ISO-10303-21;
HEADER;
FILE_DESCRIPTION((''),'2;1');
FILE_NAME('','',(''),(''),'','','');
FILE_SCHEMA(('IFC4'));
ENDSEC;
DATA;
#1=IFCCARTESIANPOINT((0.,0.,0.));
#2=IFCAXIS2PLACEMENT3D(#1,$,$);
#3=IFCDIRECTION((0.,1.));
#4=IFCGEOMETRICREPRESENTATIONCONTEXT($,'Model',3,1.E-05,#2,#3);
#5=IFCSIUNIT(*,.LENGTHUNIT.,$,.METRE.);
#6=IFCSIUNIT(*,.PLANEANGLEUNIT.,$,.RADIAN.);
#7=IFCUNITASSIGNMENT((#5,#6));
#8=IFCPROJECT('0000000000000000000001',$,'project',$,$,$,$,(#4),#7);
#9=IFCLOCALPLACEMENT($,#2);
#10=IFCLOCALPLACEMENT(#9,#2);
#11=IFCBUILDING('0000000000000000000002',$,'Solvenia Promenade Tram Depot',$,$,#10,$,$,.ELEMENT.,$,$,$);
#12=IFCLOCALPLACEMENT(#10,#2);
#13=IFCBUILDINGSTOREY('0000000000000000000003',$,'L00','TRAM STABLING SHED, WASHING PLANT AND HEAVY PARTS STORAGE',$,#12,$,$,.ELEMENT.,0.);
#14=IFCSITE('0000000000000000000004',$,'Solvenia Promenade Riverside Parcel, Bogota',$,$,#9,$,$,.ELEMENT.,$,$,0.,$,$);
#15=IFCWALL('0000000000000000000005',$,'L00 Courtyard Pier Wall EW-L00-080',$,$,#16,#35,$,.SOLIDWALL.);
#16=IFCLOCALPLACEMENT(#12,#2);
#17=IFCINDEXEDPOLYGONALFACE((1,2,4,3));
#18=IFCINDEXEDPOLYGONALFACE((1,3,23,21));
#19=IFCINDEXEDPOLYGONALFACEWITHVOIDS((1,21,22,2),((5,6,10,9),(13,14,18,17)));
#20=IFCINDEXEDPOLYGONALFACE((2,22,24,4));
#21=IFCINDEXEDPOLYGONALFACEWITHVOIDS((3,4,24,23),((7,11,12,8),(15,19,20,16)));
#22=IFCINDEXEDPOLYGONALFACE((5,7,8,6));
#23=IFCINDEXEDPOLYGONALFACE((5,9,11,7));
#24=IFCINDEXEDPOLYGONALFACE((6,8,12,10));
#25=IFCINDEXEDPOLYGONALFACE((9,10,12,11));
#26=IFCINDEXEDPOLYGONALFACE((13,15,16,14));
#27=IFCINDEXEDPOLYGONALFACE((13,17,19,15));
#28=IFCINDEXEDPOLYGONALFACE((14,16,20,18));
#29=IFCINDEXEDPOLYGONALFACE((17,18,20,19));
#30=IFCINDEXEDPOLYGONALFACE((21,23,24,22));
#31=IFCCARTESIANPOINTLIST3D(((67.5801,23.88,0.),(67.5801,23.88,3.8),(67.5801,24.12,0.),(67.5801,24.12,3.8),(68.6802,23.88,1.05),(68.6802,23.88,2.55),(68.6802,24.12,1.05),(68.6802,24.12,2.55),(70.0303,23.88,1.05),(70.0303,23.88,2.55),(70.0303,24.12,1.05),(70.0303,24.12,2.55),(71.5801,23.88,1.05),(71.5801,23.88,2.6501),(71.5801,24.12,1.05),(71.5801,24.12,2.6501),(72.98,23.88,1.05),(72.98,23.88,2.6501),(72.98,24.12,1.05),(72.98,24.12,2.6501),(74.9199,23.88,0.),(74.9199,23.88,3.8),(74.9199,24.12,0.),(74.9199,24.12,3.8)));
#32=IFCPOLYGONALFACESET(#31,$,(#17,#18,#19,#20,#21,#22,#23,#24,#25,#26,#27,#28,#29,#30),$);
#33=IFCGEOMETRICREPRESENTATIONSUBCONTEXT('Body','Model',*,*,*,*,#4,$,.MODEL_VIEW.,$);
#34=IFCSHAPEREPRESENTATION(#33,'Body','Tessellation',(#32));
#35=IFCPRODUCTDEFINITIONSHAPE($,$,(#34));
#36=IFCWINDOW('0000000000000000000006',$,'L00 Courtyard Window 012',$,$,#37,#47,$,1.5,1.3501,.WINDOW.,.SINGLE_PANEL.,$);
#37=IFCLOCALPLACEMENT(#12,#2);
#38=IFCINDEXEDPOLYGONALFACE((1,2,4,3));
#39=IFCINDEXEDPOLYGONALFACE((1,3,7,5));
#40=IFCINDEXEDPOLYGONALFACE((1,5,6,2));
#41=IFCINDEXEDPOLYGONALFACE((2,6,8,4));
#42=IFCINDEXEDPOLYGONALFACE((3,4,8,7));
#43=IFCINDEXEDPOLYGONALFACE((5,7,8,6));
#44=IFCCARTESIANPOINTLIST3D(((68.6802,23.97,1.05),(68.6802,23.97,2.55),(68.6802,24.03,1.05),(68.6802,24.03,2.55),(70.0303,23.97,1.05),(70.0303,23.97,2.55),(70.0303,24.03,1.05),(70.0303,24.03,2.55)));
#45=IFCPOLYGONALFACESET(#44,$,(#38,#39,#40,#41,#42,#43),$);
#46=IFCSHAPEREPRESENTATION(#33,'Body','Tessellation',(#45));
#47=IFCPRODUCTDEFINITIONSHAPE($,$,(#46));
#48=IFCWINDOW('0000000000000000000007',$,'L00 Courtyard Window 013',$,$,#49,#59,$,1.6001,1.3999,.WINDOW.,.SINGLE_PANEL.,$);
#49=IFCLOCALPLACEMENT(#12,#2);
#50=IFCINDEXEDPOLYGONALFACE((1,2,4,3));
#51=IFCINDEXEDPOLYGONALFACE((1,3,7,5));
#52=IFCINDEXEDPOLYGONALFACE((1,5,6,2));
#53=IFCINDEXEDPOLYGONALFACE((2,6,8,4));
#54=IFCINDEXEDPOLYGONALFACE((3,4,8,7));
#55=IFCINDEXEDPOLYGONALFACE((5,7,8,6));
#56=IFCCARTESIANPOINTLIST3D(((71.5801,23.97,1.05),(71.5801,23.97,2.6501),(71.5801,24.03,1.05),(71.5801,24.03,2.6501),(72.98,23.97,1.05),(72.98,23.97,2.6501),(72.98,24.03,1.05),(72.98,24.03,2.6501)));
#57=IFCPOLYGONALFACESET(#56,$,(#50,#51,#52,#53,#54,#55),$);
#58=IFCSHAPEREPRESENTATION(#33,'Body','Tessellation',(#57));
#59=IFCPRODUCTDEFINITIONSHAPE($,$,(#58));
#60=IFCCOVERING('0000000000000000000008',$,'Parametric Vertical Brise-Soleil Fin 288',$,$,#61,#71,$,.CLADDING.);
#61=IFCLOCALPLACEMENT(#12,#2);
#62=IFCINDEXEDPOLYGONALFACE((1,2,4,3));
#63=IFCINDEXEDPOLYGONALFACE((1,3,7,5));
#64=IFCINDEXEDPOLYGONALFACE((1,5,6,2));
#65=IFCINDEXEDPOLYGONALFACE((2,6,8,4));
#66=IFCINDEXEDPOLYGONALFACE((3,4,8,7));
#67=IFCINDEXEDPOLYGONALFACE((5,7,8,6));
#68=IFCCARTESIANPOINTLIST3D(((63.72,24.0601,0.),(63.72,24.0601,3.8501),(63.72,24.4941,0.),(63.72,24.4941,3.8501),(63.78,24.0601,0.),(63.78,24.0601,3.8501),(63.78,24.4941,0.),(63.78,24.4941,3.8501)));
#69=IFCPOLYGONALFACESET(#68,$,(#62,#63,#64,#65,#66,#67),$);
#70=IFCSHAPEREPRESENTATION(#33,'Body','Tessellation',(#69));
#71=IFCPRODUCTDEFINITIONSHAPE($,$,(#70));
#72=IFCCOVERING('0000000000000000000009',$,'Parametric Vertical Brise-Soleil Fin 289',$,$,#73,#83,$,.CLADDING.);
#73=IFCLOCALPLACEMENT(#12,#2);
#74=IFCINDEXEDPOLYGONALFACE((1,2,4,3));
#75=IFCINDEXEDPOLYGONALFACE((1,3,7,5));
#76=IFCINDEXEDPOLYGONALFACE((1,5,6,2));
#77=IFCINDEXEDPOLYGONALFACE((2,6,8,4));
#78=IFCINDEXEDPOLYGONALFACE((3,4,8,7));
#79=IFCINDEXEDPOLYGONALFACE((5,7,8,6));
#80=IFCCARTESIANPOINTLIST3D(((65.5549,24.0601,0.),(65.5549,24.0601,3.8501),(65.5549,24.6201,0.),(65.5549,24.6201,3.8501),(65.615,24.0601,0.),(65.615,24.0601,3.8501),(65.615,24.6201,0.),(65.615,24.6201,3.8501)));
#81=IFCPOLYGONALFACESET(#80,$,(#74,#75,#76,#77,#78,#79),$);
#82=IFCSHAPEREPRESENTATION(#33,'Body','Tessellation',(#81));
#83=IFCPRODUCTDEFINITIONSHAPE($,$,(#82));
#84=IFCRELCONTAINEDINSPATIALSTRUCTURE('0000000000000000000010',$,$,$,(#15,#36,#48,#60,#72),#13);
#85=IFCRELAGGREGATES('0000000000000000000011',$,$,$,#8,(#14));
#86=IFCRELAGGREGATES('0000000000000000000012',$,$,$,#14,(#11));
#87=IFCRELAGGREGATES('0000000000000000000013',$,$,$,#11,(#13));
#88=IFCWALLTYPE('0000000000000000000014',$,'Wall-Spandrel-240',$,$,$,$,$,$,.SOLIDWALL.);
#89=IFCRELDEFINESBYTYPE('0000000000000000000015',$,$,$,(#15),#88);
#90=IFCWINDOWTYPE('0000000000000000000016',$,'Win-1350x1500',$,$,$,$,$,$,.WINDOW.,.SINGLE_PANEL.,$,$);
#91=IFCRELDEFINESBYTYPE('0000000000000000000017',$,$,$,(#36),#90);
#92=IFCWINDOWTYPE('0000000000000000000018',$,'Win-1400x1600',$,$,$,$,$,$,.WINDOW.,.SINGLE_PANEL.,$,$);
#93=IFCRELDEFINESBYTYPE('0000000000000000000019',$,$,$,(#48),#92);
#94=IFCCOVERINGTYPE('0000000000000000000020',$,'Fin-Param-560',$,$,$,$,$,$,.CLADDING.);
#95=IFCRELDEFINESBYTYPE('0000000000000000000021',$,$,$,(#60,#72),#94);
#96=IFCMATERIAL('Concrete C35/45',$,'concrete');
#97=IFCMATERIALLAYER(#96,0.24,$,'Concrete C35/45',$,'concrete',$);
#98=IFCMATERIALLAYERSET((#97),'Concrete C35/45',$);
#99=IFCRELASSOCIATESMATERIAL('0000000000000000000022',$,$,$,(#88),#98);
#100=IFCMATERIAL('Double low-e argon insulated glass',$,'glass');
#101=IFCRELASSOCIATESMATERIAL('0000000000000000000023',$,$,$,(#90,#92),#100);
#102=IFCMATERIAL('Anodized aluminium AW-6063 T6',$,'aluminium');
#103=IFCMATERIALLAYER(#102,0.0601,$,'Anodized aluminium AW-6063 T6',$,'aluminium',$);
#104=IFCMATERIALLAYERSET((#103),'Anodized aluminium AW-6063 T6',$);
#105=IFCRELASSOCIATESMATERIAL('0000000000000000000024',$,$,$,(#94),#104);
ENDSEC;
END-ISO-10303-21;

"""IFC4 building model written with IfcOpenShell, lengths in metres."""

from ifc_helpers import new_model, si_unit, direction, frame, frame_2d, origin, origin_2d, place, context, subcontext, project, spatial, rectangle, extrude, material, layer, layer_set, type_object, element, fill, save


model = new_model("IFC4")

# Units and contexts
model_context = context("Model", 3, precision=1e-05, world=origin(), true_north=direction((0.0, 1.0)))
body_context = subcontext(model_context, "Body", "Model", "MODEL_VIEW")
ifc_project = project(units=[si_unit("LENGTHUNIT", "METRE"), si_unit("PLANEANGLEUNIT", "RADIAN")], contexts=[model_context])

# Site, building, storey
site_placement = place(None, origin())
site = spatial("IfcSite", under=ifc_project, at=site_placement, Name="Solvenia Promenade Riverside Parcel, Bogota", CompositionType="ELEMENT", RefElevation=0.0)
building_placement = place(site_placement, origin())
building = spatial("IfcBuilding", under=site, at=building_placement, Name="Solvenia Promenade Tram Depot", CompositionType="ELEMENT")
storey_placement = place(building_placement, origin())
storey = spatial("IfcBuildingStorey", under=building, at=storey_placement, Name="L00", Description="TRAM STABLING SHED, WASHING PLANT AND HEAVY PARTS STORAGE", CompositionType="ELEMENT", Elevation=0.0)

# Shared definitions
ifc_material_1 = material(Name="Anodized aluminium AW-6063 T6", Category="aluminium")
ifc_material_2 = material(Name="Double low-e argon insulated glass", Category="glass")

# Wall, openings, windows
ifc_material_3 = material(Name="Concrete C35/45", Category="concrete")
ifc_layer_1 = layer(ifc_material_3, 0.24, Name="Concrete C35/45", Category="concrete")
ifc_layer_set_1 = layer_set([ifc_layer_1], Name="Concrete C35/45")
wall_type = type_object("IfcWallType", Name="Wall-Spandrel-240", PredefinedType="SOLIDWALL", material=ifc_layer_set_1)
wall_placement = place(storey_placement, frame((67.5801, 24.0, 0.0), z_axis=(0.0, 0.0, 1.0), x_axis=(1.0, 0.0, 0.0)))
wall = element("IfcWall", 1, at=wall_placement, inside=storey, type_object=wall_type, Name="L00 Courtyard Pier Wall EW-L00-080", PredefinedType="SOLIDWALL", context=body_context, shape_type="SweptSolid", body=[
    extrude(rectangle(XDim=7.3398, YDim=0.24, at=frame_2d((3.6699, 0.0))), origin(), (0.0, 0.0, 1.0), 3.8),
])
opening_1_placement = place(wall_placement, frame((1.1001, 0.0, 1.05)))
opening_1 = element("IfcOpeningElement", 2, at=opening_1_placement, cuts=wall, PredefinedType="OPENING", context=body_context, shape_type="SweptSolid", body=[
    extrude(rectangle(XDim=1.3501, YDim=1.5, at=frame_2d((0.675, 0.75))), frame((0.0, 0.1299, 0.0), z_axis=(0.0, -1.0, 0.0), x_axis=(1.0, 0.0, 0.0)), (0.0, 0.0, 1.0), 0.26),
])
opening_2_placement = place(wall_placement, frame((4.0, 0.0, 1.05)))
opening_2 = element("IfcOpeningElement", 3, at=opening_2_placement, cuts=wall, PredefinedType="OPENING", context=body_context, shape_type="SweptSolid", body=[
    extrude(rectangle(XDim=1.3999, YDim=1.6001, at=frame_2d((0.7, 0.8))), frame((0.0, 0.1299, 0.0), z_axis=(0.0, -1.0, 0.0), x_axis=(1.0, 0.0, 0.0)), (0.0, 0.0, 1.0), 0.26),
])
window_type_1 = type_object("IfcWindowType", Name="Win-1350x1500", PartitioningType="SINGLE_PANEL", PredefinedType="WINDOW", material=ifc_material_2)
window_1_placement = place(opening_1_placement, origin())
window_1 = element("IfcWindow", 4, at=window_1_placement, inside=storey, type_object=window_type_1, Name="L00 Courtyard Window 012", OverallHeight=1.5, OverallWidth=1.3501, PartitioningType="SINGLE_PANEL", PredefinedType="WINDOW", context=body_context, shape_type="SweptSolid", body=[
    extrude(rectangle(XDim=1.3501, YDim=1.5, at=frame_2d((0.675, 0.75))), frame((0.0, 0.03, 0.0), z_axis=(0.0, -1.0, 0.0), x_axis=(1.0, 0.0, 0.0)), (0.0, 0.0, 1.0), 0.0601),
])
fill(opening_1, window_1)
window_type_2 = type_object("IfcWindowType", Name="Win-1400x1600", PartitioningType="SINGLE_PANEL", PredefinedType="WINDOW", material=ifc_material_2)
window_2_placement = place(opening_2_placement, origin())
window_2 = element("IfcWindow", 5, at=window_2_placement, inside=storey, type_object=window_type_2, Name="L00 Courtyard Window 013", OverallHeight=1.6001, OverallWidth=1.3999, PartitioningType="SINGLE_PANEL", PredefinedType="WINDOW", context=body_context, shape_type="SweptSolid", body=[
    extrude(rectangle(XDim=1.3999, YDim=1.6001, at=frame_2d((0.7, 0.8))), frame((0.0, 0.03, 0.0), z_axis=(0.0, -1.0, 0.0), x_axis=(1.0, 0.0, 0.0)), (0.0, 0.0, 1.0), 0.0601),
])
fill(opening_2, window_2)

# Coverings
ifc_layer_2 = layer(ifc_material_1, 0.0601, Name="Anodized aluminium AW-6063 T6", Category="aluminium")
ifc_layer_set_2 = layer_set([ifc_layer_2], Name="Anodized aluminium AW-6063 T6")
covering_type = type_object("IfcCoveringType", Name="Fin-Param-560", PredefinedType="CLADDING", material=ifc_layer_set_2)
covering_1_placement = place(storey_placement, frame((63.75, 24.2771, 0.0), z_axis=(0.0, 0.0, 1.0), x_axis=(1.0, 0.0, 0.0)))
element("IfcCovering", 6, at=covering_1_placement, inside=storey, type_object=covering_type, Name="Parametric Vertical Brise-Soleil Fin 288", PredefinedType="CLADDING", context=body_context, shape_type="SweptSolid", body=[
    extrude(rectangle(XDim=0.0601, YDim=0.4341, at=origin_2d()), origin(), (0.0, 0.0, 1.0), 3.8501),
])
covering_2_placement = place(storey_placement, frame((65.585, 24.3401, 0.0), z_axis=(0.0, 0.0, 1.0), x_axis=(1.0, 0.0, 0.0)))
element("IfcCovering", 7, at=covering_2_placement, inside=storey, type_object=covering_type, Name="Parametric Vertical Brise-Soleil Fin 289", PredefinedType="CLADDING", context=body_context, shape_type="SweptSolid", body=[
    extrude(rectangle(XDim=0.0601, YDim=0.5601, at=origin_2d()), origin(), (0.0, 0.0, 1.0), 3.8501),
])

save(model, "model.ifc")
